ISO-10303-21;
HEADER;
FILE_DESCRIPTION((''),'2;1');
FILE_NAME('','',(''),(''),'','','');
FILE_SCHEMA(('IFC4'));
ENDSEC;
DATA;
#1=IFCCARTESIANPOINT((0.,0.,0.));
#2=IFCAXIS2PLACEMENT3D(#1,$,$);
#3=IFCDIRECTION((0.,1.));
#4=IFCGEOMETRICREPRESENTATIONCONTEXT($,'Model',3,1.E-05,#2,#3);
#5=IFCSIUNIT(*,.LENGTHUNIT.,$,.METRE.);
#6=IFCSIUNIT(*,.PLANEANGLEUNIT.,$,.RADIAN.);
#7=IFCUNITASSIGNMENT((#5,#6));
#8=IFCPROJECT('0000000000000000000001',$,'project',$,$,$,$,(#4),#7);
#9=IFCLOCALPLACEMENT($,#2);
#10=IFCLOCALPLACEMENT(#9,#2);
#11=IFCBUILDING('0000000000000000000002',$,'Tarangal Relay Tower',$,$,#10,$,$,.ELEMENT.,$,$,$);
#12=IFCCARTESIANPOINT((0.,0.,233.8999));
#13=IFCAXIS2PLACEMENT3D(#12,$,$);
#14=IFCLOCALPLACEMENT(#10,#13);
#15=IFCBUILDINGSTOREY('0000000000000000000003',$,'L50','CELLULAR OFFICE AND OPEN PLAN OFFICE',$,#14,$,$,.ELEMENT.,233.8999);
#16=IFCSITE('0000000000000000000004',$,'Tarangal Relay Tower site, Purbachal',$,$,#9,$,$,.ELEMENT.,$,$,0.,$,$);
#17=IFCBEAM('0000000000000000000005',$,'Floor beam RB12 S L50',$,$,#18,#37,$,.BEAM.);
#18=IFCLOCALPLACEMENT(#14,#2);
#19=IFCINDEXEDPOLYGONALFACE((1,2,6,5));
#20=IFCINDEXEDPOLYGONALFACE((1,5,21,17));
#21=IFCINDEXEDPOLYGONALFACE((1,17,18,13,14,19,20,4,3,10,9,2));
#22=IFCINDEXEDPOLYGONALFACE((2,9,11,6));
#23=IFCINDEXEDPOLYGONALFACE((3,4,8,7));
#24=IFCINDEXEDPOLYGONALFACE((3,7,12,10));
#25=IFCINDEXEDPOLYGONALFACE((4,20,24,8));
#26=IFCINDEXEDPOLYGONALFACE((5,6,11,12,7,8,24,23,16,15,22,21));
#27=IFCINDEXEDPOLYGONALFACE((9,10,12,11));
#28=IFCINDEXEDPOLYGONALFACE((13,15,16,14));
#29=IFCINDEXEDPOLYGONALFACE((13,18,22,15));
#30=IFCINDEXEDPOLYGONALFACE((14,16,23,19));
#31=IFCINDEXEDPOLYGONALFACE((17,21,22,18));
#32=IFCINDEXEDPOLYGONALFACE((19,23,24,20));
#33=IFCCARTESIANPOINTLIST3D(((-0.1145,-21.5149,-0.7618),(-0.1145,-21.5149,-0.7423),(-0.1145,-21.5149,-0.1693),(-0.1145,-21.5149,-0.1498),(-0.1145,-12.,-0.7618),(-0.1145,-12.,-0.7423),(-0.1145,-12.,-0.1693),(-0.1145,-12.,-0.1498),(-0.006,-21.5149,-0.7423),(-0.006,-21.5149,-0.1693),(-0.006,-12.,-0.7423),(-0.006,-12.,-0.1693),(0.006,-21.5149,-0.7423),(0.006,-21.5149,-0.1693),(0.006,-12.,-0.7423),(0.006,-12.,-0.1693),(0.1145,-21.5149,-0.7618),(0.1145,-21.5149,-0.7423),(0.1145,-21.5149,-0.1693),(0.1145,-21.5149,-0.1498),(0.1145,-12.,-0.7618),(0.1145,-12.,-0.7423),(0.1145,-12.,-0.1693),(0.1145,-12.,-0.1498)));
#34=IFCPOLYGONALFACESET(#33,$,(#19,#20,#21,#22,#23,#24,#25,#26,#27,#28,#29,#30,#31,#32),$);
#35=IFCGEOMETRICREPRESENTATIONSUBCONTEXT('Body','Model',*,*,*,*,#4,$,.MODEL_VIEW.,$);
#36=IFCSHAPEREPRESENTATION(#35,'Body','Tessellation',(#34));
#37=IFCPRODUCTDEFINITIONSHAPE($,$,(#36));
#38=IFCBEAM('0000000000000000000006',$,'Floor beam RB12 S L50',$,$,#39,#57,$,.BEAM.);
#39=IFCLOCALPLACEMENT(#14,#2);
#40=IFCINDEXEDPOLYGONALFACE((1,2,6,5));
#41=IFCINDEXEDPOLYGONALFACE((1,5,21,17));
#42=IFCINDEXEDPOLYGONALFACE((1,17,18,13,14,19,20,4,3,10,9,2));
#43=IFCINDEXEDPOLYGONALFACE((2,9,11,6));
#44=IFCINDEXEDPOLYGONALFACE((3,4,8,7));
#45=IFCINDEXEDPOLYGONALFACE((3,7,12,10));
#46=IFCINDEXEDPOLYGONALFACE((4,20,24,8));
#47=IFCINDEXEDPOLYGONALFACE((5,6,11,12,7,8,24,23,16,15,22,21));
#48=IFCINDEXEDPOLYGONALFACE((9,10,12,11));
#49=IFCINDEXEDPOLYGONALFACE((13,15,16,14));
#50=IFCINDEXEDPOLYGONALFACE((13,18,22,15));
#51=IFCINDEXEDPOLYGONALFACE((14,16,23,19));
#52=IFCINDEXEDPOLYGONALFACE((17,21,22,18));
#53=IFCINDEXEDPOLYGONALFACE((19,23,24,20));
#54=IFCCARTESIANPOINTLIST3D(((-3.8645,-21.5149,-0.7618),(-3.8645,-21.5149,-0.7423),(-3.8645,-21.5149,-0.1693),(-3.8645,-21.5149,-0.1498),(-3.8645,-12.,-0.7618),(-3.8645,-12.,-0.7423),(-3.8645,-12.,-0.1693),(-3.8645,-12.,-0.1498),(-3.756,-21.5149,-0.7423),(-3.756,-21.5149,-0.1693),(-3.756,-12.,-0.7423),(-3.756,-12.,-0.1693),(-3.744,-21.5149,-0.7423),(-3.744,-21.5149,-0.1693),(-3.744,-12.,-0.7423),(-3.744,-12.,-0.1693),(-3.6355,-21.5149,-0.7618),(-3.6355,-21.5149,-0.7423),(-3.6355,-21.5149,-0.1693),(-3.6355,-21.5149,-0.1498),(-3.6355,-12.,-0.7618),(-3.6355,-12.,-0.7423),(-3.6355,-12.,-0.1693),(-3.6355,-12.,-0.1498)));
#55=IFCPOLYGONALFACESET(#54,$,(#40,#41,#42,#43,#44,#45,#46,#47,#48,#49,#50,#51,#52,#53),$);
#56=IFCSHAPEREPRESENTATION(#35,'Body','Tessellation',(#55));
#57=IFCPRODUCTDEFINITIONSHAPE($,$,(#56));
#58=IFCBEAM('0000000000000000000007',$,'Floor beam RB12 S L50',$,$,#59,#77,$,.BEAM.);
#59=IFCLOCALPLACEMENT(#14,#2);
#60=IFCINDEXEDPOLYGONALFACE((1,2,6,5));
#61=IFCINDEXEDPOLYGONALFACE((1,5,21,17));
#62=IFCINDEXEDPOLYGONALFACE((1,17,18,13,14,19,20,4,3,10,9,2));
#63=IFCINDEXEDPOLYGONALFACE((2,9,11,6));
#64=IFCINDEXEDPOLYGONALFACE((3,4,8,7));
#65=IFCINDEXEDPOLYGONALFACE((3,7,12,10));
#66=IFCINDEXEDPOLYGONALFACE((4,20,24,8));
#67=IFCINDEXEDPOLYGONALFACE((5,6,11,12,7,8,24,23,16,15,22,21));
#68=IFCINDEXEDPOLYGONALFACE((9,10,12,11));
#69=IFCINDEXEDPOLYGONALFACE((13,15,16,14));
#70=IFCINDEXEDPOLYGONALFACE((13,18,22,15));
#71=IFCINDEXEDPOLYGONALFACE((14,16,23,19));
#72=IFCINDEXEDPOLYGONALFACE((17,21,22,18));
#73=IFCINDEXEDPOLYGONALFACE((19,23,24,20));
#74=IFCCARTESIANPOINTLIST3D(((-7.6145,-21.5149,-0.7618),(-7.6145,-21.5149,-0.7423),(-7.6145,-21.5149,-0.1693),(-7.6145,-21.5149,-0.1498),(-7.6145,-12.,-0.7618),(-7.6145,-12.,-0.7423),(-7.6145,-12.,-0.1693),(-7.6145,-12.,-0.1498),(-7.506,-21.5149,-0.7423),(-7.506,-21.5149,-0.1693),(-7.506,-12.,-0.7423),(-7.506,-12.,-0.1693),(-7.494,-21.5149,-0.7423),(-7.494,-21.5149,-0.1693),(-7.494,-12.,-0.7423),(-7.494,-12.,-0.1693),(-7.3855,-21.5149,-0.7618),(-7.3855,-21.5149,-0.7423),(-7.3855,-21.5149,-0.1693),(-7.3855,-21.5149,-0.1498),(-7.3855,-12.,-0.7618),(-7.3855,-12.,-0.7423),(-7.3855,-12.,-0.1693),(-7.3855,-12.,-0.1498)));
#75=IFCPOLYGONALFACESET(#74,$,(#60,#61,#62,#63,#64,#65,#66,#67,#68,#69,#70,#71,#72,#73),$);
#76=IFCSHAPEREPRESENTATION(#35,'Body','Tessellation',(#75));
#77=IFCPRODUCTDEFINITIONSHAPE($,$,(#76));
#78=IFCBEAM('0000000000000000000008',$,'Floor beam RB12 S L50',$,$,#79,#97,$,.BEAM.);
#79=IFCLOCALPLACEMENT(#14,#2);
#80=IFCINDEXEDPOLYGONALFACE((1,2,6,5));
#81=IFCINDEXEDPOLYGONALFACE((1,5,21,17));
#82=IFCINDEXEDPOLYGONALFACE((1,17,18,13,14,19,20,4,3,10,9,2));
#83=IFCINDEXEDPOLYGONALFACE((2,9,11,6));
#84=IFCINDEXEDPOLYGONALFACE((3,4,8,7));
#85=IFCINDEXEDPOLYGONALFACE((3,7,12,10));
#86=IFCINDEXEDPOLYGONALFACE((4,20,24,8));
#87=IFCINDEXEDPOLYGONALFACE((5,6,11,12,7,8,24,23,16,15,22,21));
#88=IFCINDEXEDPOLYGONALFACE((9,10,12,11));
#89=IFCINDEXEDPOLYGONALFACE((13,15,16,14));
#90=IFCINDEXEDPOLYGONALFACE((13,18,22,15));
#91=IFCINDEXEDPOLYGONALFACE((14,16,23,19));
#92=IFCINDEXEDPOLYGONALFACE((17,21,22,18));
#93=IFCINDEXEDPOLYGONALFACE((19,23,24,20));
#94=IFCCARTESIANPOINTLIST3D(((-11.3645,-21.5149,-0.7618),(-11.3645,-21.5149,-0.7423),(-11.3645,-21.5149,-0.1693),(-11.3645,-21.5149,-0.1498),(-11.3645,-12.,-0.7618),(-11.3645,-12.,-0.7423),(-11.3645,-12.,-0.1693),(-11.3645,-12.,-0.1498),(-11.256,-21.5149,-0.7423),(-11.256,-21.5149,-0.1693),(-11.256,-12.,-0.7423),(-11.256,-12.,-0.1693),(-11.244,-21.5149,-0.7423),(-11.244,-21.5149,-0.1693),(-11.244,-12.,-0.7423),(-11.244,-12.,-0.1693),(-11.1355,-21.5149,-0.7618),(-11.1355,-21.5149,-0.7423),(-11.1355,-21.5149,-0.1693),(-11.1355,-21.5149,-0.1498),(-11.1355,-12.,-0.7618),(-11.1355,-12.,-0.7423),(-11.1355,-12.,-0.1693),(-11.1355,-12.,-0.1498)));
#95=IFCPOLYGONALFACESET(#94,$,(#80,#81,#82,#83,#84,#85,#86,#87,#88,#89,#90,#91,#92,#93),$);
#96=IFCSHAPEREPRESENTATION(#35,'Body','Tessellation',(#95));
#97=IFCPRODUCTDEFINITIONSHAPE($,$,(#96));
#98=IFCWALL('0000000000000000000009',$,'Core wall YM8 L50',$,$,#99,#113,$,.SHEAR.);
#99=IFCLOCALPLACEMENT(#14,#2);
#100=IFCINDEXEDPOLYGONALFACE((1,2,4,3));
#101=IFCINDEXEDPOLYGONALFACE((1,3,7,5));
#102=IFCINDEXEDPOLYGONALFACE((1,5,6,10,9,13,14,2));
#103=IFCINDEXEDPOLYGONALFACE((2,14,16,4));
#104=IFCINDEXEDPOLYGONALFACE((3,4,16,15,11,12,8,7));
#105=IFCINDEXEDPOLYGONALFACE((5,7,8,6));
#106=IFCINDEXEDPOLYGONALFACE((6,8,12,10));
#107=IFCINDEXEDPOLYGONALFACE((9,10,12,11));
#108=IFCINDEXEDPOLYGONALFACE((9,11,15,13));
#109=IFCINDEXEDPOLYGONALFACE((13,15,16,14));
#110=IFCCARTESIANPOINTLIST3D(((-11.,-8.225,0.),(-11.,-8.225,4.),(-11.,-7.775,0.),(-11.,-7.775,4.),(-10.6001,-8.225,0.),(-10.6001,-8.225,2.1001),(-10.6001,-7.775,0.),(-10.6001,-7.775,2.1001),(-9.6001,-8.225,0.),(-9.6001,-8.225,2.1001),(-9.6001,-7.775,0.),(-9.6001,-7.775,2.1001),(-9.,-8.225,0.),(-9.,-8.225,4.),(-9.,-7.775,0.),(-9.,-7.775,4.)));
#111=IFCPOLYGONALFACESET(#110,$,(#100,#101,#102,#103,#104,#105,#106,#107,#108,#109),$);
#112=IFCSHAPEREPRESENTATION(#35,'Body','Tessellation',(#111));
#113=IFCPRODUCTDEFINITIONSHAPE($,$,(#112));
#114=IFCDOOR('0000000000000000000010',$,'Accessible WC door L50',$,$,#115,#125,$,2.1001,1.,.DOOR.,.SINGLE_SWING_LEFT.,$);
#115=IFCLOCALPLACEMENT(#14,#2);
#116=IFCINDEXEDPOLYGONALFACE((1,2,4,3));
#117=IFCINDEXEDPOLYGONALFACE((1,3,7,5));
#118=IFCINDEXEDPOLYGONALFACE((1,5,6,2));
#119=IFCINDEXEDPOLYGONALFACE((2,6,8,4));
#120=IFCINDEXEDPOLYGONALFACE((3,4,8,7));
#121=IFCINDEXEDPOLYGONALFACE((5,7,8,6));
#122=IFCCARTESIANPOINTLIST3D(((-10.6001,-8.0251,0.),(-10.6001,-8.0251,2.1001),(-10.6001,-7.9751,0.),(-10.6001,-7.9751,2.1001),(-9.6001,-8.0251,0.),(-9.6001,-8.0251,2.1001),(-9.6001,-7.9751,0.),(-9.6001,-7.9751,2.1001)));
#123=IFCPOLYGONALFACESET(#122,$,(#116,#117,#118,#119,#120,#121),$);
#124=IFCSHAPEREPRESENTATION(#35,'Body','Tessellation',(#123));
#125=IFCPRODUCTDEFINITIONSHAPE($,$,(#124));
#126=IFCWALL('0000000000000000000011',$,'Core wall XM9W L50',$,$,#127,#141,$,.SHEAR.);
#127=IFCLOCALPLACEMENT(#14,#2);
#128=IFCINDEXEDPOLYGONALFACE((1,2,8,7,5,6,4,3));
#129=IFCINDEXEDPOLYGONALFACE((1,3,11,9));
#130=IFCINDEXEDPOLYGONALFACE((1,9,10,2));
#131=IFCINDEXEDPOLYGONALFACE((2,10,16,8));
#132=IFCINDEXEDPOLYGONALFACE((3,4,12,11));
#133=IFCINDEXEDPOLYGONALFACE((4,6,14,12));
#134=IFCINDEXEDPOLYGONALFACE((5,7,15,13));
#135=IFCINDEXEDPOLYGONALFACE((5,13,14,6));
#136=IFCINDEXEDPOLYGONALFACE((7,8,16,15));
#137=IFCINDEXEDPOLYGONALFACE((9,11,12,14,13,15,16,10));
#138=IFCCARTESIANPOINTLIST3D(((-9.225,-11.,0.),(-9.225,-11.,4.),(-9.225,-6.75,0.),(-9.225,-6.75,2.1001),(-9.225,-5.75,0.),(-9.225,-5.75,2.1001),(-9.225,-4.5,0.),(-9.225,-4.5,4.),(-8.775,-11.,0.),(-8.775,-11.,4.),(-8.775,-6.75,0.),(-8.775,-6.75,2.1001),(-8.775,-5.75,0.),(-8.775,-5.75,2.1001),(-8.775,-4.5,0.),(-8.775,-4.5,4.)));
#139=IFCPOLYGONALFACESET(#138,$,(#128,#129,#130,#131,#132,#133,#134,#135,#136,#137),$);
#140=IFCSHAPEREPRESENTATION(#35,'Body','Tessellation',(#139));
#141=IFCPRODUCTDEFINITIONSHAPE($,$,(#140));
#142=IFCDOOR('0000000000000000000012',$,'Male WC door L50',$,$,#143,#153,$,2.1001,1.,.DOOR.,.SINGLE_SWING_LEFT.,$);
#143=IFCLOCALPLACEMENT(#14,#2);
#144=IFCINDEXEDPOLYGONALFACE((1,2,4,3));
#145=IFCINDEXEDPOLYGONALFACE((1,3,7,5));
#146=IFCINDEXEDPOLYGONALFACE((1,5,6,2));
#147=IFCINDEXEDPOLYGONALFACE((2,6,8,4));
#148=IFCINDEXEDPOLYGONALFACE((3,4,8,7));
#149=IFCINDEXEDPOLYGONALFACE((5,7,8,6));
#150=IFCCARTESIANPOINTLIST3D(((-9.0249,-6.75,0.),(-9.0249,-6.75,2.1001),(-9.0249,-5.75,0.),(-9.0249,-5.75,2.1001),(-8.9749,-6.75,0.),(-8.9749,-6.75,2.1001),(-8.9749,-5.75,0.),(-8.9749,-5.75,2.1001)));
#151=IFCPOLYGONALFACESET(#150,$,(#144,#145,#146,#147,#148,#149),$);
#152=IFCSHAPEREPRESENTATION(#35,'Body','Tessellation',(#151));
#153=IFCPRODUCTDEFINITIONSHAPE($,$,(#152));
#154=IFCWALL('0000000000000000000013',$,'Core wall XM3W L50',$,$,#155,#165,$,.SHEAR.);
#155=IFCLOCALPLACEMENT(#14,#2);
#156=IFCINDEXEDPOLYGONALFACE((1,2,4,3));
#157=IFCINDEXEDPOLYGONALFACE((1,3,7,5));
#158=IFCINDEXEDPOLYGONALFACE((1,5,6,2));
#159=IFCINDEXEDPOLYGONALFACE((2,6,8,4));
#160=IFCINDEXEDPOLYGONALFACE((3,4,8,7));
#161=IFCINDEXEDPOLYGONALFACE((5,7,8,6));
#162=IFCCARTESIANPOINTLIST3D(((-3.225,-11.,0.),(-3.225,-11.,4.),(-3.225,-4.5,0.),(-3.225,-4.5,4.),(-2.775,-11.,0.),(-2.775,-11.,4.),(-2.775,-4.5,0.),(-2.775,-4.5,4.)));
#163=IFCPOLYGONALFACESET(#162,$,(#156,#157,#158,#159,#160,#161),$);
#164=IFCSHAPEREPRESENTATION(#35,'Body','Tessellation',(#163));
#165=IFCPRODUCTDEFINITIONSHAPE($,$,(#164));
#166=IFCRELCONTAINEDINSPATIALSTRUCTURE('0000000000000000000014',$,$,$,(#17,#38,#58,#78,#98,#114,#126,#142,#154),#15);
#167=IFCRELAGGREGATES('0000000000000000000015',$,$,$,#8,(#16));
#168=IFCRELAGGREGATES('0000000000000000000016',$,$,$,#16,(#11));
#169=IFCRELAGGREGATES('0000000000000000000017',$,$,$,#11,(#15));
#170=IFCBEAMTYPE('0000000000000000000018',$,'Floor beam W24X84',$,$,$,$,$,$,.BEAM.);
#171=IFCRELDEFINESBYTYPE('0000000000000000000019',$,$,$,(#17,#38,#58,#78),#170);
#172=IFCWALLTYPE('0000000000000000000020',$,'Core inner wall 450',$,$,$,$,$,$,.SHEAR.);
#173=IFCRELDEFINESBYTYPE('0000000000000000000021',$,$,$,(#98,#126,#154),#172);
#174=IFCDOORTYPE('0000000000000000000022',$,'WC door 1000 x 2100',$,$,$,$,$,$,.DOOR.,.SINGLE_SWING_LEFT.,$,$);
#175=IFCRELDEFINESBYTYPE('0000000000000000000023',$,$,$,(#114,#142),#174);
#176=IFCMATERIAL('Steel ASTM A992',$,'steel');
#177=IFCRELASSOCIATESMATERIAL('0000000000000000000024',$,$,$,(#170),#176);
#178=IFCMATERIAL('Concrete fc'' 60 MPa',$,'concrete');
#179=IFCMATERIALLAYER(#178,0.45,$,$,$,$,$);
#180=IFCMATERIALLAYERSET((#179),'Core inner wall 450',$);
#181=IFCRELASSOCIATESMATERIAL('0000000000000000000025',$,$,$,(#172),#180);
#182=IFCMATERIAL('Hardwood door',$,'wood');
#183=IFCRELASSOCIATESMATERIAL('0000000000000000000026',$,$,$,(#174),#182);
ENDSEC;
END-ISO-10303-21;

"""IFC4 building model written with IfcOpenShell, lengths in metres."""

from ifc_helpers import new_model, si_unit, direction, frame, frame_2d, origin, origin_2d, place, context, subcontext, project, spatial, rectangle, i_section, extrude, material, layer, layer_set, material_profile, profile_set, type_object, element, fill, save


model = new_model("IFC4")

# Units and contexts
model_context = context("Model", 3, precision=1e-05, world=origin(), true_north=direction((0.0, 1.0)))
body_context = subcontext(model_context, "Body", "Model", "MODEL_VIEW")
ifc_project = project(units=[si_unit("LENGTHUNIT", "METRE"), si_unit("PLANEANGLEUNIT", "RADIAN")], contexts=[model_context])

# Site, building, storey
site_placement = place(None, origin())
site = spatial("IfcSite", under=ifc_project, at=site_placement, Name="Tarangal Relay Tower site, Purbachal", CompositionType="ELEMENT", RefElevation=0.0)
building_placement = place(site_placement, origin())
building = spatial("IfcBuilding", under=site, at=building_placement, Name="Tarangal Relay Tower", CompositionType="ELEMENT")
storey_placement = place(building_placement, frame((0.0, 0.0, 233.8999)))
storey = spatial("IfcBuildingStorey", under=building, at=storey_placement, Name="L50", Description="CELLULAR OFFICE AND OPEN PLAN OFFICE", CompositionType="ELEMENT", Elevation=233.8999)

# Beams
ifc_material_1 = material(Name="Steel ASTM A992", Category="steel")
ifc_material_profile = material_profile(ifc_material_1, i_section(OverallWidth=0.229, OverallDepth=0.6121, WebThickness=0.012, FlangeThickness=0.0195, at=origin_2d()), Name="W24X84")
ifc_profile_set = profile_set([ifc_material_profile], Name="Steel ASTM A992")
beam_type = type_object("IfcBeamType", Name="Floor beam W24X84", PredefinedType="BEAM", material=ifc_profile_set)
for number, where, z_axis, x_axis, name in (
    (1, (0.0, -12.0, -0.4558), (0.0, -1.0, 0.0), (1.0, 0.0, 0.0), "Floor beam RB12 S L50"),
    (2, (-3.75, -12.0, -0.4558), (0.0, -1.0, 0.0), (1.0, 0.0, 0.0), "Floor beam RB12 S L50"),
    (3, (-7.5, -12.0, -0.4558), (0.0, -1.0, 0.0), (1.0, 0.0, 0.0), "Floor beam RB12 S L50"),
    (4, (-11.25, -12.0, -0.4558), (0.0, -1.0, 0.0), (1.0, 0.0, 0.0), "Floor beam RB12 S L50"),
):
    element("IfcBeam", number, at=place(storey_placement, frame(where, z_axis=z_axis, x_axis=x_axis)), inside=storey, type_object=beam_type, Name=name, PredefinedType="BEAM", context=body_context, shape_type="SweptSolid", body=[
        extrude(i_section(OverallWidth=0.229, OverallDepth=0.6121, WebThickness=0.012, FlangeThickness=0.0195, at=origin_2d()), origin(), (0.0, 0.0, 1.0), 9.5149),
    ])

# Walls, openings, doors
ifc_material_2 = material(Name="Concrete fc' 60 MPa", Category="concrete")
ifc_layer_1 = layer(ifc_material_2, 0.45)
ifc_layer_set_1 = layer_set([ifc_layer_1], Name="Core inner wall 450")
wall_type_1 = type_object("IfcWallType", Name="Core inner wall 450", PredefinedType="SHEAR", material=ifc_layer_set_1)
wall_1_placement = place(storey_placement, frame((-11.0, -8.0, 0.0), z_axis=(0.0, 0.0, 1.0), x_axis=(1.0, 0.0, 0.0)))
wall_1 = element("IfcWall", 5, at=wall_1_placement, inside=storey, type_object=wall_type_1, Name="Core wall YM8 L50", PredefinedType="SHEAR", context=body_context, shape_type="SweptSolid", body=[
    extrude(rectangle(XDim=2.0, YDim=0.45, at=frame_2d((1.0, 0.0))), origin(), (0.0, 0.0, 1.0), 4.0),
])
opening_1_placement = place(wall_1_placement, frame((0.3999, 0.0, 0.0)))
opening_1 = element("IfcOpeningElement", 6, at=opening_1_placement, cuts=wall_1, PredefinedType="OPENING", context=body_context, shape_type="SweptSolid", body=[
    extrude(rectangle(XDim=1.0, YDim=2.1001, at=frame_2d((0.5, 1.05))), frame((0.0, 0.2349, 0.0), z_axis=(0.0, -1.0, 0.0), x_axis=(1.0, 0.0, 0.0)), (0.0, 0.0, 1.0), 0.47),
])
ifc_material_3 = material(Name="Hardwood door", Category="wood")
door_type_1 = type_object("IfcDoorType", Name="WC door 1000 x 2100", OperationType="SINGLE_SWING_LEFT", PredefinedType="DOOR", material=ifc_material_3)
door_1_placement = place(opening_1_placement, origin())
door_1 = element("IfcDoor", 7, at=door_1_placement, inside=storey, type_object=door_type_1, Name="Accessible WC door L50", OperationType="SINGLE_SWING_LEFT", OverallHeight=2.1001, OverallWidth=1.0, PredefinedType="DOOR", context=body_context, shape_type="SweptSolid", body=[
    extrude(rectangle(XDim=1.0, YDim=2.1001, at=frame_2d((0.5, 1.05))), frame((0.0, 0.0249, 0.0), z_axis=(0.0, -1.0, 0.0), x_axis=(1.0, 0.0, 0.0)), (0.0, 0.0, 1.0), 0.05),
])
fill(opening_1, door_1)
wall_2_placement = place(storey_placement, frame((-9.0, -11.0, 0.0), z_axis=(0.0, 0.0, 1.0), x_axis=(0.0, 1.0, 0.0)))
wall_2 = element("IfcWall", 8, at=wall_2_placement, inside=storey, type_object=wall_type_1, Name="Core wall XM9W L50", PredefinedType="SHEAR", context=body_context, shape_type="SweptSolid", body=[
    extrude(rectangle(XDim=6.5, YDim=0.45, at=frame_2d((3.25, 0.0))), origin(), (0.0, 0.0, 1.0), 4.0),
])
opening_2_placement = place(wall_2_placement, frame((4.25, 0.0, 0.0)))
opening_2 = element("IfcOpeningElement", 9, at=opening_2_placement, cuts=wall_2, PredefinedType="OPENING", context=body_context, shape_type="SweptSolid", body=[
    extrude(rectangle(XDim=1.0, YDim=2.1001, at=frame_2d((0.5, 1.05))), frame((0.0, 0.2349, 0.0), z_axis=(0.0, -1.0, 0.0), x_axis=(1.0, 0.0, 0.0)), (0.0, 0.0, 1.0), 0.47),
])
door_2_placement = place(opening_2_placement, origin())
door_2 = element("IfcDoor", 10, at=door_2_placement, inside=storey, type_object=door_type_1, Name="Male WC door L50", OperationType="SINGLE_SWING_LEFT", OverallHeight=2.1001, OverallWidth=1.0, PredefinedType="DOOR", context=body_context, shape_type="SweptSolid", body=[
    extrude(rectangle(XDim=1.0, YDim=2.1001, at=frame_2d((0.5, 1.05))), frame((0.0, 0.0249, 0.0), z_axis=(0.0, -1.0, 0.0), x_axis=(1.0, 0.0, 0.0)), (0.0, 0.0, 1.0), 0.05),
])
fill(opening_2, door_2)

# Wall
wall_3_placement = place(storey_placement, frame((-3.0, -11.0, 0.0), z_axis=(0.0, 0.0, 1.0), x_axis=(0.0, 1.0, 0.0)))
element("IfcWall", 11, at=wall_3_placement, inside=storey, type_object=wall_type_1, Name="Core wall XM3W L50", PredefinedType="SHEAR", context=body_context, shape_type="SweptSolid", body=[
    extrude(rectangle(XDim=6.5, YDim=0.45, at=frame_2d((3.25, 0.0))), origin(), (0.0, 0.0, 1.0), 4.0),
])

save(model, "model.ifc")
